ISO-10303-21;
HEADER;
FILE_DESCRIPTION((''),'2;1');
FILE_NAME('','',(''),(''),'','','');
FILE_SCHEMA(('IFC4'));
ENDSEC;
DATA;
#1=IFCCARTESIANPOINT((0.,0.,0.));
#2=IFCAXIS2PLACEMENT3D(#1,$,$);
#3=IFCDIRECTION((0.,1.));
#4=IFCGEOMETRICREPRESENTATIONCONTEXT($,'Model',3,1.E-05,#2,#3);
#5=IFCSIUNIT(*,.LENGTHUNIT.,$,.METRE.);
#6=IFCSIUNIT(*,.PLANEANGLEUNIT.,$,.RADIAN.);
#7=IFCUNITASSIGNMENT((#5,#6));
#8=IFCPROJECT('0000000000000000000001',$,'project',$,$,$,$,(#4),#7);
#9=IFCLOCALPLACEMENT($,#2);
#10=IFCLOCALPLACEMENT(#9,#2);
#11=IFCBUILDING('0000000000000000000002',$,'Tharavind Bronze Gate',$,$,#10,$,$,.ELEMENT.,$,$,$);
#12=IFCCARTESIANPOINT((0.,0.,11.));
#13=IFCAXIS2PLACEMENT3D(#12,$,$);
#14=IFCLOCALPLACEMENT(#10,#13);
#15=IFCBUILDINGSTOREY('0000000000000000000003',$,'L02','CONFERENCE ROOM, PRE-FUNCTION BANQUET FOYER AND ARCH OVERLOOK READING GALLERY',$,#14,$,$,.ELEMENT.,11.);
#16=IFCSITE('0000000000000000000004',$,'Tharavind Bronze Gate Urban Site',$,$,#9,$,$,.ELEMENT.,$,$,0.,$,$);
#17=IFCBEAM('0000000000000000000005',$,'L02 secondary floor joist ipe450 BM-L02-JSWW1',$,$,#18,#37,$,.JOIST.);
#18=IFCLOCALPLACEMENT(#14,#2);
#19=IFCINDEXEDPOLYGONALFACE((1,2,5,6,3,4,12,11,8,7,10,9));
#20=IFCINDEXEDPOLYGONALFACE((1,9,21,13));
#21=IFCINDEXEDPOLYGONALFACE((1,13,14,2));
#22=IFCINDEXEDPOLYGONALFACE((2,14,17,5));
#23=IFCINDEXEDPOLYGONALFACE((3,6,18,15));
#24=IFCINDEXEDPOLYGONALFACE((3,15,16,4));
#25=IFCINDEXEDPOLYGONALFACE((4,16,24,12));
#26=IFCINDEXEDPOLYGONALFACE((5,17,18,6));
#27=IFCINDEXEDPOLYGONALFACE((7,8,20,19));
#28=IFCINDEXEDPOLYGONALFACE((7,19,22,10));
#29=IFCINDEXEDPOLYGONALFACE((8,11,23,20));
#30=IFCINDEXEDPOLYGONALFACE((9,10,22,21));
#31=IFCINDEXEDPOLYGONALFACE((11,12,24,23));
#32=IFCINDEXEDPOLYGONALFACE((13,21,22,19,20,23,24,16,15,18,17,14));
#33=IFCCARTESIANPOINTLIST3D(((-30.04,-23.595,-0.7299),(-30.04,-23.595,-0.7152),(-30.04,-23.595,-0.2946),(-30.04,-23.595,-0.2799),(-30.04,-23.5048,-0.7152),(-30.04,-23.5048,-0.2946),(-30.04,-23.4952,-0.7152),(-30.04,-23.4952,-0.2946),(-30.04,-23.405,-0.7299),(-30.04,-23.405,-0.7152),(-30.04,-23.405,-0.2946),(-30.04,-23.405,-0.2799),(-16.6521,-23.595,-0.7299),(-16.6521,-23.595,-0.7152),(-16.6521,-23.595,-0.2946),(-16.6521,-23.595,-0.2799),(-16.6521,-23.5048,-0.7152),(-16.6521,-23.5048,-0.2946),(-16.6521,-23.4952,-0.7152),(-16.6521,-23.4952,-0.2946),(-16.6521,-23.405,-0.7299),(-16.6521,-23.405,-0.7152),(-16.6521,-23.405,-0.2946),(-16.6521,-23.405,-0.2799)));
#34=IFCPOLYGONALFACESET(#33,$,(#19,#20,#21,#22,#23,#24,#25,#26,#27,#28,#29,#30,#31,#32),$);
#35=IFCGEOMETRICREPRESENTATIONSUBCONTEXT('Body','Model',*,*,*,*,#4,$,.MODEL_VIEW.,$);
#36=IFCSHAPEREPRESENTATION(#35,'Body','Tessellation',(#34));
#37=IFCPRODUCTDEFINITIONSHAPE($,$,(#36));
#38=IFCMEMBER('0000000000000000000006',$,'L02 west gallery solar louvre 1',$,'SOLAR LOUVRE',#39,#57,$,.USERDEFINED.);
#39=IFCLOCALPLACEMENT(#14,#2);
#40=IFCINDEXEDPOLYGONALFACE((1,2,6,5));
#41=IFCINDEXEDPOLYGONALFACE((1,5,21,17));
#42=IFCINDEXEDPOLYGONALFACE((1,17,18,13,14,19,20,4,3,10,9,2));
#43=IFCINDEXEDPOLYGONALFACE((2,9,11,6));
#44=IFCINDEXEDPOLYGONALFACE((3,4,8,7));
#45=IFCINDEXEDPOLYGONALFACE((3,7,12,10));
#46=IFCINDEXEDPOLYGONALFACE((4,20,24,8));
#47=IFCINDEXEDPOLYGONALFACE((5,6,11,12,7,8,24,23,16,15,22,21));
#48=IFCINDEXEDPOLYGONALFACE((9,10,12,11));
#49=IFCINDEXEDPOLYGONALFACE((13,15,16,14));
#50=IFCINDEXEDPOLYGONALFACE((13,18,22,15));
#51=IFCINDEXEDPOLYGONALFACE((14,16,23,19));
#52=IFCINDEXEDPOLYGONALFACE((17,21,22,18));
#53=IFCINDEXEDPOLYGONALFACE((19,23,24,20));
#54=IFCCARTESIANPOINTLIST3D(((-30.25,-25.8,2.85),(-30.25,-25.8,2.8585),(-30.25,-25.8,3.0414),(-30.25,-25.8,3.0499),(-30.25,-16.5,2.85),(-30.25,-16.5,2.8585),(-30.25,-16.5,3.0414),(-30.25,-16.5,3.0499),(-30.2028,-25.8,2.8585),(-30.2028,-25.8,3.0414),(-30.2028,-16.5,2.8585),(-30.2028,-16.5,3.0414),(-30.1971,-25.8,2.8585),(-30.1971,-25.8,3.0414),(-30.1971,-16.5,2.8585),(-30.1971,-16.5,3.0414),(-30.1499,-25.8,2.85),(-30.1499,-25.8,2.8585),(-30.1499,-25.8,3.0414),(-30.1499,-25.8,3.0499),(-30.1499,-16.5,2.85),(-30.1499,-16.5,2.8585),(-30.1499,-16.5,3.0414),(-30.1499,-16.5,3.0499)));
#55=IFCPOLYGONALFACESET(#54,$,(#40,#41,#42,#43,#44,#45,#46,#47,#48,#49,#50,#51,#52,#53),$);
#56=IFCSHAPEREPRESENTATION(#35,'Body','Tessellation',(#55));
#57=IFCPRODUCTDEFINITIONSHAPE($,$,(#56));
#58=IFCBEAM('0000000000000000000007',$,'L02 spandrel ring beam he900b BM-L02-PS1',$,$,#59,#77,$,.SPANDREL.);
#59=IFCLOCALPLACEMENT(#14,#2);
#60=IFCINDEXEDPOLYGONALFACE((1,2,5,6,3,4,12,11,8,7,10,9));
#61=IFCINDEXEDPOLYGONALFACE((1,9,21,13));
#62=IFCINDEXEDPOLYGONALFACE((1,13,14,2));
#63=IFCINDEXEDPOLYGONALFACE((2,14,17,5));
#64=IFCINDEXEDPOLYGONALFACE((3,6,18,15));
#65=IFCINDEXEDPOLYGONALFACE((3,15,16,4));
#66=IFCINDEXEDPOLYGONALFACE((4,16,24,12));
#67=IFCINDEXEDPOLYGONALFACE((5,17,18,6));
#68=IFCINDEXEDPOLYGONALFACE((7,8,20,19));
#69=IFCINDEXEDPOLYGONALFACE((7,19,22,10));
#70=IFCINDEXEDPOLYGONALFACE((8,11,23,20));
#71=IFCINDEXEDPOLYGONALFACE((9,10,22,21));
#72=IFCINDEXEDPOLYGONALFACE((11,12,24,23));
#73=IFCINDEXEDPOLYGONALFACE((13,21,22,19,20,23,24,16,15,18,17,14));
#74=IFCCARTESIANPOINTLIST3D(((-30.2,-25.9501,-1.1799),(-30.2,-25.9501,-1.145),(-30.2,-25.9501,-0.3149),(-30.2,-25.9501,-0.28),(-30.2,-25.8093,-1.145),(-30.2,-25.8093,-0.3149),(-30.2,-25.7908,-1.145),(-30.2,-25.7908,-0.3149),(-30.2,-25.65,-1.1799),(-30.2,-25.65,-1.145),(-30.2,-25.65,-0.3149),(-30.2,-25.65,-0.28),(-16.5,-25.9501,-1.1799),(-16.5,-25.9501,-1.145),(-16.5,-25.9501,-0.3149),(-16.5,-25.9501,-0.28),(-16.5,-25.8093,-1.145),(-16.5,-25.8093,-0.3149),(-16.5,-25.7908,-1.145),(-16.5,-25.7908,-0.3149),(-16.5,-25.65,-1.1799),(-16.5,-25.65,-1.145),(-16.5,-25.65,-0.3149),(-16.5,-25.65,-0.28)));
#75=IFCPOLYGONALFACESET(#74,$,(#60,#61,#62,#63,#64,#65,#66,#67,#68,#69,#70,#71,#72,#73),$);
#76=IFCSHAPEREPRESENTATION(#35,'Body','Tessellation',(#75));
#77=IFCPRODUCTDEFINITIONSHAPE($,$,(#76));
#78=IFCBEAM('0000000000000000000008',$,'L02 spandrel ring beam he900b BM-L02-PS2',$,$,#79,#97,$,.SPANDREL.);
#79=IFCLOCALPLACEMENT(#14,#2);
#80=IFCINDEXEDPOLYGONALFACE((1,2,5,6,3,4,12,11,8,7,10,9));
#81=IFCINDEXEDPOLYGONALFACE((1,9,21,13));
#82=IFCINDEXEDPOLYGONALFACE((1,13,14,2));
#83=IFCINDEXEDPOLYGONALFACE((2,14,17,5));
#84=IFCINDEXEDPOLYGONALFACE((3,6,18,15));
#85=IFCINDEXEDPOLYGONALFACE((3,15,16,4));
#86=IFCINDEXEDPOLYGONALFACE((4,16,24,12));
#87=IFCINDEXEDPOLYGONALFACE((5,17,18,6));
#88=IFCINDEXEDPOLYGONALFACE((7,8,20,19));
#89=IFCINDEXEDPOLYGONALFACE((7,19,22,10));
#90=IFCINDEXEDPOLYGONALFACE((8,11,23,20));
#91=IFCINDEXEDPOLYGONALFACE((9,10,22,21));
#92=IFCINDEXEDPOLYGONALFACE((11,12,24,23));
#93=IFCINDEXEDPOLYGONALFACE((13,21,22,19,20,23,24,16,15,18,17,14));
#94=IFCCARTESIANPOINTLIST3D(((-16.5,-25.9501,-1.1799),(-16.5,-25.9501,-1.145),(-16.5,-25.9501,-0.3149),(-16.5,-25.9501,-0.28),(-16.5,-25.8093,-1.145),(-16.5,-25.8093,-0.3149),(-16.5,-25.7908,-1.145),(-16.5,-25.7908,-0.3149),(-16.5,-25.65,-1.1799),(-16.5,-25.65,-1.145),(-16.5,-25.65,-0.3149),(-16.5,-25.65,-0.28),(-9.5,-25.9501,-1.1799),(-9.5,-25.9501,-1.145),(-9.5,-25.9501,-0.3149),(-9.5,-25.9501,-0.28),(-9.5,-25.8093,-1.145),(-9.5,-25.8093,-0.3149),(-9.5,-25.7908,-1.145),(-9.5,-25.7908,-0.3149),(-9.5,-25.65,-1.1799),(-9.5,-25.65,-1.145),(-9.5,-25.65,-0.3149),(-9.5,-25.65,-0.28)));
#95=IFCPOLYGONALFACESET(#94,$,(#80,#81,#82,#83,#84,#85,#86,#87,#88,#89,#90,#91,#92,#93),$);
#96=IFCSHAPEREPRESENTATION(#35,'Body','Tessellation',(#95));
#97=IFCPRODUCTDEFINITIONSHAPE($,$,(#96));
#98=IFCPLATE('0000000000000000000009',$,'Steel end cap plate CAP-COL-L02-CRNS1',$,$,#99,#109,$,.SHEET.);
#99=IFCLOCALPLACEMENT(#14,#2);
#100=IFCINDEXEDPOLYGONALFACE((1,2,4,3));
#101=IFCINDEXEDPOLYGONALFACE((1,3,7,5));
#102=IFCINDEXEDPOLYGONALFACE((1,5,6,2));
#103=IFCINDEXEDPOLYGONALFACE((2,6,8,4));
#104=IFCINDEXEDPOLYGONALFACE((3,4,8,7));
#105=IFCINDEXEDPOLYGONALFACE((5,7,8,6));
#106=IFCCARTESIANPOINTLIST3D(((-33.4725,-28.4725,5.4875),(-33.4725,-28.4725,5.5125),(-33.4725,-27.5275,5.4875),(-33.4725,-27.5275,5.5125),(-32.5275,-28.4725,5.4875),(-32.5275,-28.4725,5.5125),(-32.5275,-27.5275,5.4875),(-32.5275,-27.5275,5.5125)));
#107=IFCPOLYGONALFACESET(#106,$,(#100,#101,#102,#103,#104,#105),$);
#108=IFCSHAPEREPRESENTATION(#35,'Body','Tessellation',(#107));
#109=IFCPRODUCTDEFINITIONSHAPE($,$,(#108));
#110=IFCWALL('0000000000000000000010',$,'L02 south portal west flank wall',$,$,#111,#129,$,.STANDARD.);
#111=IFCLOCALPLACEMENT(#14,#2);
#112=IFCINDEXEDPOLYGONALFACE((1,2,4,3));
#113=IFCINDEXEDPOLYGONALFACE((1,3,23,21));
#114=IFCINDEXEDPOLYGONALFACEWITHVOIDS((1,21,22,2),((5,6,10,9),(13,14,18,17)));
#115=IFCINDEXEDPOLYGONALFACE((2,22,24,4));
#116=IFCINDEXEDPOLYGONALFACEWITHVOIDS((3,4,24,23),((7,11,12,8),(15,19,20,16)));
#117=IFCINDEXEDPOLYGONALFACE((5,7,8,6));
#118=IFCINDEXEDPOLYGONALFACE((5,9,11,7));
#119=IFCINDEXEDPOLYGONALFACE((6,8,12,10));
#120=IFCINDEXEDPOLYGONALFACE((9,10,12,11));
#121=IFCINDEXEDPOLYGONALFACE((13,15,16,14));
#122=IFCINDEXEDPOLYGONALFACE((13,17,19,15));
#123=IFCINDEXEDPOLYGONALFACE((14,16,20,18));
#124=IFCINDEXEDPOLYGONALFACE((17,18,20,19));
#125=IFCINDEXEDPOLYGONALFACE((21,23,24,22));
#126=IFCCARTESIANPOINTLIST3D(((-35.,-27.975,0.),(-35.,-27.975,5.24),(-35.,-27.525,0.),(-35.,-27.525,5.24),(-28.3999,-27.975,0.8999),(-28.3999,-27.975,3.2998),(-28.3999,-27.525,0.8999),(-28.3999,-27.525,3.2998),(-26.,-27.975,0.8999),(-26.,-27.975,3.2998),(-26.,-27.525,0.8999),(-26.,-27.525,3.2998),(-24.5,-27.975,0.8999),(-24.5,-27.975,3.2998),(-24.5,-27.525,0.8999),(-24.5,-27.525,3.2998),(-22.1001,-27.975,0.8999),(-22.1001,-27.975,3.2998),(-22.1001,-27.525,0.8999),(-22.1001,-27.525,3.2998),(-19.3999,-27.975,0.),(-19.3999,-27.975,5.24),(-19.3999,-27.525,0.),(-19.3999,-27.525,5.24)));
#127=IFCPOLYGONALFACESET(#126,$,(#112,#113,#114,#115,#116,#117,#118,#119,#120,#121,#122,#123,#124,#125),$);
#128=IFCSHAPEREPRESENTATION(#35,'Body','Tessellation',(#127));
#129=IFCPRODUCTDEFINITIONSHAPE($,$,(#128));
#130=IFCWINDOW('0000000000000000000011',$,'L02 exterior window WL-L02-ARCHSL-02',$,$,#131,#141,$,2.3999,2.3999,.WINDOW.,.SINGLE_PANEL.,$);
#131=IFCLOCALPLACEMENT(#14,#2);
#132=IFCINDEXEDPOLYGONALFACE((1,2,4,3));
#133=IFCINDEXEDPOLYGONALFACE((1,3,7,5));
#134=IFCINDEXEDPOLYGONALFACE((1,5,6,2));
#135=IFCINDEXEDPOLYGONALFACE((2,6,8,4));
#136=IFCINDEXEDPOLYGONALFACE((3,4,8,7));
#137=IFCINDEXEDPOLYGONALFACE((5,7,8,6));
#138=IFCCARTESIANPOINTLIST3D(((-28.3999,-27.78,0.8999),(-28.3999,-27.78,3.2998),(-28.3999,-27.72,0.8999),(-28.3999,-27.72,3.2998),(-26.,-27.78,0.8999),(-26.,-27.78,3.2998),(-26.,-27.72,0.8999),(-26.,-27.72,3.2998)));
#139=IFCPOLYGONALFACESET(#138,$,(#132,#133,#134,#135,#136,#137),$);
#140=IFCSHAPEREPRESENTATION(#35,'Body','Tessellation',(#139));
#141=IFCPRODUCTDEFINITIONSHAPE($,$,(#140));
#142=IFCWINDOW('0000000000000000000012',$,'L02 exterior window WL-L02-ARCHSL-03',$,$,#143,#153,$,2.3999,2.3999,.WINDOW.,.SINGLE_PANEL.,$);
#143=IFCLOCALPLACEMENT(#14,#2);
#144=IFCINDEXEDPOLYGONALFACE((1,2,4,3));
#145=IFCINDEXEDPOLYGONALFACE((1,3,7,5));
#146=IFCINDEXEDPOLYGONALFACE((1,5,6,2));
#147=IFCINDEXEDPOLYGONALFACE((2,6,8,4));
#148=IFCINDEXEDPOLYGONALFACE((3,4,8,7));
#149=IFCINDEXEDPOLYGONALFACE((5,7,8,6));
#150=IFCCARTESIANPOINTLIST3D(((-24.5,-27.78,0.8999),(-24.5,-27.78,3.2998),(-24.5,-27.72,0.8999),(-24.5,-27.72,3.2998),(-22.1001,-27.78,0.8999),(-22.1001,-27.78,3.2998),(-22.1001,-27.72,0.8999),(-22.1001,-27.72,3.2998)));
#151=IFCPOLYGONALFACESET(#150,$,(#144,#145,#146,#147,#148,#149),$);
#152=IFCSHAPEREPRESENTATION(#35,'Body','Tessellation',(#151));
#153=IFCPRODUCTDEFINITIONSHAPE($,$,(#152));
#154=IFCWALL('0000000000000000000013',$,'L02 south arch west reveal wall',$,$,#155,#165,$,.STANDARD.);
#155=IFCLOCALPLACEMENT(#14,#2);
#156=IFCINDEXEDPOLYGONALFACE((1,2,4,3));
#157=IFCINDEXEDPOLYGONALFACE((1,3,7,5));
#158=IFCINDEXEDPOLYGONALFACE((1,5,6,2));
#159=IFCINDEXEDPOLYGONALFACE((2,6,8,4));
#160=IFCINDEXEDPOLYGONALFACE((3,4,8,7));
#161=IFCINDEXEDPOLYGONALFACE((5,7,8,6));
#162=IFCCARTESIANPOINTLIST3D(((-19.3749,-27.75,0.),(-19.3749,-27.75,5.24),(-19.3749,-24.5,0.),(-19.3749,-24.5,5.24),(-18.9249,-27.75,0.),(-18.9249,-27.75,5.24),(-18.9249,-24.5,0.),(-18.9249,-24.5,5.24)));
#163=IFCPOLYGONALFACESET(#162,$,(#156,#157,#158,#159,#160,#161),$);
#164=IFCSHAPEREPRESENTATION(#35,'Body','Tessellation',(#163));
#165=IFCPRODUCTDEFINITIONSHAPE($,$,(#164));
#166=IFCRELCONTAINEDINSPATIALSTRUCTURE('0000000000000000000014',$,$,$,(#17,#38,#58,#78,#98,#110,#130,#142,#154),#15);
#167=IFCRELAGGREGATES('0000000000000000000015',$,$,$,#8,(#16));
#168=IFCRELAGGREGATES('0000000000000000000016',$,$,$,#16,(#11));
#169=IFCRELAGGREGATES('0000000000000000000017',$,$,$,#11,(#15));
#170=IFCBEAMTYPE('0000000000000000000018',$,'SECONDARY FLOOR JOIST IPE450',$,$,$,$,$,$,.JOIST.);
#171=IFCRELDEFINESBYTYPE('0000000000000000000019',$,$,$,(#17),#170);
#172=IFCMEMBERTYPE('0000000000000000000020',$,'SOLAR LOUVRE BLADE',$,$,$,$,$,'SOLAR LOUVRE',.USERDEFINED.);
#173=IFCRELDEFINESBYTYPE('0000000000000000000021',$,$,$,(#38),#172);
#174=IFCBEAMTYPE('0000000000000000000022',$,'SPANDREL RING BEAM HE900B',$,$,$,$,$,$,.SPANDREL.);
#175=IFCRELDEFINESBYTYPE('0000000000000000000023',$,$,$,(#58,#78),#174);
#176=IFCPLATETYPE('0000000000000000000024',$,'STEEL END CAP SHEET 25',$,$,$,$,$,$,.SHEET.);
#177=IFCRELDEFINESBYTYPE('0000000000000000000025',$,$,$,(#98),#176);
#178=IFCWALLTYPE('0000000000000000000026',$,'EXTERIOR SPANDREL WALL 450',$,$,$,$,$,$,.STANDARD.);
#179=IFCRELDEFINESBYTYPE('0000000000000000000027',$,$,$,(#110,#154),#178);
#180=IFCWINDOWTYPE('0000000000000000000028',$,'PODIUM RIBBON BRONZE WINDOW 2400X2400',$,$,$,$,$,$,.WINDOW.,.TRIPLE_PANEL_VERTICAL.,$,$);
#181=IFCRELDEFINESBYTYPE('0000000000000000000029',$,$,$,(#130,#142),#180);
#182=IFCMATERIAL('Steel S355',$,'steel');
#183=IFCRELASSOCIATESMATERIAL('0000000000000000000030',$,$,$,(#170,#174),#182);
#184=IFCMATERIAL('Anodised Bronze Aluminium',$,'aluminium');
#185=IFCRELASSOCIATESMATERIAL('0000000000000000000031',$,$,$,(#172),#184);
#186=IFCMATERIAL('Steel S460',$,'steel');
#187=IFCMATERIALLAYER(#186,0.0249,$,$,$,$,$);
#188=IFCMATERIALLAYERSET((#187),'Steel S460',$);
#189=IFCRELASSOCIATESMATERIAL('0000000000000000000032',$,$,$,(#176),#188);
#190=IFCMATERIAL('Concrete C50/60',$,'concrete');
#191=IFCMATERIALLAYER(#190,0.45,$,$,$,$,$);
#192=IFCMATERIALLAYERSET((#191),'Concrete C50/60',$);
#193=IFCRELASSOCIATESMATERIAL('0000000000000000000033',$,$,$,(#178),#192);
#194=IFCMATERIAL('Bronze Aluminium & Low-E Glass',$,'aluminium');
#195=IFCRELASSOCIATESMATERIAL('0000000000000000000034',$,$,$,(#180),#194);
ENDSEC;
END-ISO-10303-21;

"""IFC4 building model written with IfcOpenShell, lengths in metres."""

from ifc_helpers import new_model, si_unit, direction, frame, frame_2d, origin, origin_2d, place, context, subcontext, project, spatial, rectangle, i_section, extrude, material, layer, layer_set, material_profile, profile_set, type_object, element, fill, save


model = new_model("IFC4")

# Units and contexts
model_context = context("Model", 3, precision=1e-05, world=origin(), true_north=direction((0.0, 1.0)))
body_context = subcontext(model_context, "Body", "Model", "MODEL_VIEW")
ifc_project = project(units=[si_unit("LENGTHUNIT", "METRE"), si_unit("PLANEANGLEUNIT", "RADIAN")], contexts=[model_context])

# Site, building, storey
site_placement = place(None, origin())
site = spatial("IfcSite", under=ifc_project, at=site_placement, Name="Tharavind Bronze Gate Urban Site", CompositionType="ELEMENT", RefElevation=0.0)
building_placement = place(site_placement, origin())
building = spatial("IfcBuilding", under=site, at=building_placement, Name="Tharavind Bronze Gate", CompositionType="ELEMENT")
storey_placement = place(building_placement, frame((0.0, 0.0, 11.0)))
storey = spatial("IfcBuildingStorey", under=building, at=storey_placement, Name="L02", Description="CONFERENCE ROOM, PRE-FUNCTION BANQUET FOYER AND ARCH OVERLOOK READING GALLERY", CompositionType="ELEMENT", Elevation=11.0)

# Shared definitions
ifc_material_1 = material(Name="Steel S460", Category="steel")

# Shared definitions
ifc_material_2 = material(Name="Anodised Bronze Aluminium", Category="aluminium")

# Beam
ifc_material_3 = material(Name="Steel S355", Category="steel")
ifc_material_profile_1 = material_profile(ifc_material_3, i_section(OverallWidth=0.1899, OverallDepth=0.45, WebThickness=0.0095, FlangeThickness=0.0146, at=origin_2d()), Name="IPE450")
ifc_profile_set_1 = profile_set([ifc_material_profile_1], Name="Steel S355")
beam_type_1 = type_object("IfcBeamType", Name="SECONDARY FLOOR JOIST IPE450", PredefinedType="JOIST", material=ifc_profile_set_1)
beam_1_placement = place(storey_placement, frame((-30.04, -23.5, -0.5049), z_axis=(1.0, 0.0, 0.0), x_axis=(0.0, 1.0, 0.0)))
element("IfcBeam", 1, at=beam_1_placement, inside=storey, type_object=beam_type_1, Name="L02 secondary floor joist ipe450 BM-L02-JSWW1", PredefinedType="JOIST", context=body_context, shape_type="SweptSolid", body=[
    extrude(i_section(OverallWidth=0.1899, OverallDepth=0.45, WebThickness=0.0095, FlangeThickness=0.0146, at=origin_2d()), origin(), (0.0, 0.0, 1.0), 13.3879),
])

# Member
ifc_material_profile_2 = material_profile(ifc_material_2, i_section(OverallWidth=0.1001, OverallDepth=0.2, WebThickness=0.0056, FlangeThickness=0.0085, at=origin_2d()), Name="IPE200")
ifc_profile_set_2 = profile_set([ifc_material_profile_2], Name="Anodised Bronze Aluminium")
member_type_1 = type_object("IfcMemberType", Name="SOLAR LOUVRE BLADE", ElementType="SOLAR LOUVRE", PredefinedType="USERDEFINED", material=ifc_profile_set_2)
member_1_placement = place(storey_placement, frame((-30.2, -25.8, 2.95), z_axis=(0.0, 1.0, 0.0), x_axis=(-1.0, 0.0, 0.0)))
element("IfcMember", 2, at=member_1_placement, inside=storey, type_object=member_type_1, Name="L02 west gallery solar louvre 1", ObjectType="SOLAR LOUVRE", PredefinedType="USERDEFINED", context=body_context, shape_type="SweptSolid", body=[
    extrude(i_section(OverallWidth=0.1001, OverallDepth=0.2, WebThickness=0.0056, FlangeThickness=0.0085, at=origin_2d()), origin(), (0.0, 0.0, 1.0), 9.3),
])

# Beams
ifc_material_profile_3 = material_profile(ifc_material_3, i_section(OverallWidth=0.3, OverallDepth=0.8999, WebThickness=0.0186, FlangeThickness=0.0349, at=origin_2d()), Name="HE900B")
ifc_profile_set_3 = profile_set([ifc_material_profile_3], Name="Steel S355")
beam_type_2 = type_object("IfcBeamType", Name="SPANDREL RING BEAM HE900B", PredefinedType="SPANDREL", material=ifc_profile_set_3)
beam_2_placement = place(storey_placement, frame((-30.2, -25.8, -0.73), z_axis=(1.0, 0.0, 0.0), x_axis=(0.0, 1.0, 0.0)))
element("IfcBeam", 3, at=beam_2_placement, inside=storey, type_object=beam_type_2, Name="L02 spandrel ring beam he900b BM-L02-PS1", PredefinedType="SPANDREL", context=body_context, shape_type="SweptSolid", body=[
    extrude(i_section(OverallWidth=0.3, OverallDepth=0.8999, WebThickness=0.0186, FlangeThickness=0.0349, at=origin_2d()), origin(), (0.0, 0.0, 1.0), 13.7),
])
beam_3_placement = place(storey_placement, frame((-16.5, -25.8, -0.73), z_axis=(1.0, 0.0, 0.0), x_axis=(0.0, 1.0, 0.0)))
element("IfcBeam", 4, at=beam_3_placement, inside=storey, type_object=beam_type_2, Name="L02 spandrel ring beam he900b BM-L02-PS2", PredefinedType="SPANDREL", context=body_context, shape_type="SweptSolid", body=[
    extrude(i_section(OverallWidth=0.3, OverallDepth=0.8999, WebThickness=0.0186, FlangeThickness=0.0349, at=origin_2d()), origin(), (0.0, 0.0, 1.0), 7.0),
])

# Plate
ifc_layer_1 = layer(ifc_material_1, 0.0249)
ifc_layer_set_1 = layer_set([ifc_layer_1], Name="Steel S460")
plate_type = type_object("IfcPlateType", Name="STEEL END CAP SHEET 25", PredefinedType="SHEET", material=ifc_layer_set_1)
plate_placement = place(storey_placement, frame((-33.0, -28.0, 5.4875), z_axis=(0.0, 0.0, 1.0), x_axis=(1.0, 0.0, 0.0)))
element("IfcPlate", 5, at=plate_placement, inside=storey, type_object=plate_type, Name="Steel end cap plate CAP-COL-L02-CRNS1", PredefinedType="SHEET", context=body_context, shape_type="SweptSolid", body=[
    extrude(rectangle(XDim=0.9451, YDim=0.9451, at=origin_2d()), origin(), (0.0, 0.0, 1.0), 0.0249),
])

# Wall, openings, windows
ifc_material_4 = material(Name="Concrete C50/60", Category="concrete")
ifc_layer_2 = layer(ifc_material_4, 0.45)
ifc_layer_set_2 = layer_set([ifc_layer_2], Name="Concrete C50/60")
wall_type_1 = type_object("IfcWallType", Name="EXTERIOR SPANDREL WALL 450", PredefinedType="STANDARD", material=ifc_layer_set_2)
wall_1_placement = place(storey_placement, frame((-35.0, -27.75, 0.0), z_axis=(0.0, 0.0, 1.0), x_axis=(1.0, 0.0, 0.0)))
wall_1 = element("IfcWall", 6, at=wall_1_placement, inside=storey, type_object=wall_type_1, Name="L02 south portal west flank wall", PredefinedType="STANDARD", context=body_context, shape_type="SweptSolid", body=[
    extrude(rectangle(XDim=15.6001, YDim=0.45, at=frame_2d((7.8, 0.0))), origin(), (0.0, 0.0, 1.0), 5.24),
])
opening_1_placement = place(wall_1_placement, frame((6.6001, 0.0, 0.8999)))
opening_1 = element("IfcOpeningElement", 7, at=opening_1_placement, cuts=wall_1, PredefinedType="OPENING", context=body_context, shape_type="SweptSolid", body=[
    extrude(rectangle(XDim=2.3999, YDim=2.3999, at=frame_2d((1.2, 1.2))), frame((0.0, 0.2351, 0.0), z_axis=(0.0, -1.0, 0.0), x_axis=(1.0, 0.0, 0.0)), (0.0, 0.0, 1.0), 0.47),
])
opening_2_placement = place(wall_1_placement, frame((10.5, 0.0, 0.8999)))
opening_2 = element("IfcOpeningElement", 8, at=opening_2_placement, cuts=wall_1, PredefinedType="OPENING", context=body_context, shape_type="SweptSolid", body=[
    extrude(rectangle(XDim=2.3999, YDim=2.3999, at=frame_2d((1.2, 1.2))), frame((0.0, 0.2351, 0.0), z_axis=(0.0, -1.0, 0.0), x_axis=(1.0, 0.0, 0.0)), (0.0, 0.0, 1.0), 0.47),
])
ifc_material_5 = material(Name="Bronze Aluminium & Low-E Glass", Category="aluminium")
window_type = type_object("IfcWindowType", Name="PODIUM RIBBON BRONZE WINDOW 2400X2400", PartitioningType="TRIPLE_PANEL_VERTICAL", PredefinedType="WINDOW", material=ifc_material_5)
window_1_placement = place(opening_1_placement, origin())
window_1 = element("IfcWindow", 9, at=window_1_placement, inside=storey, type_object=window_type, Name="L02 exterior window WL-L02-ARCHSL-02", OverallHeight=2.3999, OverallWidth=2.3999, PartitioningType="SINGLE_PANEL", PredefinedType="WINDOW", context=body_context, shape_type="SweptSolid", body=[
    extrude(rectangle(XDim=2.3999, YDim=2.3999, at=frame_2d((1.2, 1.2))), frame((0.0, 0.03, 0.0), z_axis=(0.0, -1.0, 0.0), x_axis=(1.0, 0.0, 0.0)), (0.0, 0.0, 1.0), 0.0601),
])
fill(opening_1, window_1)
window_2_placement = place(opening_2_placement, origin())
window_2 = element("IfcWindow", 10, at=window_2_placement, inside=storey, type_object=window_type, Name="L02 exterior window WL-L02-ARCHSL-03", OverallHeight=2.3999, OverallWidth=2.3999, PartitioningType="SINGLE_PANEL", PredefinedType="WINDOW", context=body_context, shape_type="SweptSolid", body=[
    extrude(rectangle(XDim=2.3999, YDim=2.3999, at=frame_2d((1.2, 1.2))), frame((0.0, 0.03, 0.0), z_axis=(0.0, -1.0, 0.0), x_axis=(1.0, 0.0, 0.0)), (0.0, 0.0, 1.0), 0.0601),
])
fill(opening_2, window_2)

# Wall
wall_2_placement = place(storey_placement, frame((-19.1499, -27.75, 0.0), z_axis=(0.0, 0.0, 1.0), x_axis=(0.0, 1.0, 0.0)))
element("IfcWall", 11, at=wall_2_placement, inside=storey, type_object=wall_type_1, Name="L02 south arch west reveal wall", PredefinedType="STANDARD", context=body_context, shape_type="SweptSolid", body=[
    extrude(rectangle(XDim=3.25, YDim=0.45, at=frame_2d((1.625, 0.0))), origin(), (0.0, 0.0, 1.0), 5.24),
])

save(model, "model.ifc")
